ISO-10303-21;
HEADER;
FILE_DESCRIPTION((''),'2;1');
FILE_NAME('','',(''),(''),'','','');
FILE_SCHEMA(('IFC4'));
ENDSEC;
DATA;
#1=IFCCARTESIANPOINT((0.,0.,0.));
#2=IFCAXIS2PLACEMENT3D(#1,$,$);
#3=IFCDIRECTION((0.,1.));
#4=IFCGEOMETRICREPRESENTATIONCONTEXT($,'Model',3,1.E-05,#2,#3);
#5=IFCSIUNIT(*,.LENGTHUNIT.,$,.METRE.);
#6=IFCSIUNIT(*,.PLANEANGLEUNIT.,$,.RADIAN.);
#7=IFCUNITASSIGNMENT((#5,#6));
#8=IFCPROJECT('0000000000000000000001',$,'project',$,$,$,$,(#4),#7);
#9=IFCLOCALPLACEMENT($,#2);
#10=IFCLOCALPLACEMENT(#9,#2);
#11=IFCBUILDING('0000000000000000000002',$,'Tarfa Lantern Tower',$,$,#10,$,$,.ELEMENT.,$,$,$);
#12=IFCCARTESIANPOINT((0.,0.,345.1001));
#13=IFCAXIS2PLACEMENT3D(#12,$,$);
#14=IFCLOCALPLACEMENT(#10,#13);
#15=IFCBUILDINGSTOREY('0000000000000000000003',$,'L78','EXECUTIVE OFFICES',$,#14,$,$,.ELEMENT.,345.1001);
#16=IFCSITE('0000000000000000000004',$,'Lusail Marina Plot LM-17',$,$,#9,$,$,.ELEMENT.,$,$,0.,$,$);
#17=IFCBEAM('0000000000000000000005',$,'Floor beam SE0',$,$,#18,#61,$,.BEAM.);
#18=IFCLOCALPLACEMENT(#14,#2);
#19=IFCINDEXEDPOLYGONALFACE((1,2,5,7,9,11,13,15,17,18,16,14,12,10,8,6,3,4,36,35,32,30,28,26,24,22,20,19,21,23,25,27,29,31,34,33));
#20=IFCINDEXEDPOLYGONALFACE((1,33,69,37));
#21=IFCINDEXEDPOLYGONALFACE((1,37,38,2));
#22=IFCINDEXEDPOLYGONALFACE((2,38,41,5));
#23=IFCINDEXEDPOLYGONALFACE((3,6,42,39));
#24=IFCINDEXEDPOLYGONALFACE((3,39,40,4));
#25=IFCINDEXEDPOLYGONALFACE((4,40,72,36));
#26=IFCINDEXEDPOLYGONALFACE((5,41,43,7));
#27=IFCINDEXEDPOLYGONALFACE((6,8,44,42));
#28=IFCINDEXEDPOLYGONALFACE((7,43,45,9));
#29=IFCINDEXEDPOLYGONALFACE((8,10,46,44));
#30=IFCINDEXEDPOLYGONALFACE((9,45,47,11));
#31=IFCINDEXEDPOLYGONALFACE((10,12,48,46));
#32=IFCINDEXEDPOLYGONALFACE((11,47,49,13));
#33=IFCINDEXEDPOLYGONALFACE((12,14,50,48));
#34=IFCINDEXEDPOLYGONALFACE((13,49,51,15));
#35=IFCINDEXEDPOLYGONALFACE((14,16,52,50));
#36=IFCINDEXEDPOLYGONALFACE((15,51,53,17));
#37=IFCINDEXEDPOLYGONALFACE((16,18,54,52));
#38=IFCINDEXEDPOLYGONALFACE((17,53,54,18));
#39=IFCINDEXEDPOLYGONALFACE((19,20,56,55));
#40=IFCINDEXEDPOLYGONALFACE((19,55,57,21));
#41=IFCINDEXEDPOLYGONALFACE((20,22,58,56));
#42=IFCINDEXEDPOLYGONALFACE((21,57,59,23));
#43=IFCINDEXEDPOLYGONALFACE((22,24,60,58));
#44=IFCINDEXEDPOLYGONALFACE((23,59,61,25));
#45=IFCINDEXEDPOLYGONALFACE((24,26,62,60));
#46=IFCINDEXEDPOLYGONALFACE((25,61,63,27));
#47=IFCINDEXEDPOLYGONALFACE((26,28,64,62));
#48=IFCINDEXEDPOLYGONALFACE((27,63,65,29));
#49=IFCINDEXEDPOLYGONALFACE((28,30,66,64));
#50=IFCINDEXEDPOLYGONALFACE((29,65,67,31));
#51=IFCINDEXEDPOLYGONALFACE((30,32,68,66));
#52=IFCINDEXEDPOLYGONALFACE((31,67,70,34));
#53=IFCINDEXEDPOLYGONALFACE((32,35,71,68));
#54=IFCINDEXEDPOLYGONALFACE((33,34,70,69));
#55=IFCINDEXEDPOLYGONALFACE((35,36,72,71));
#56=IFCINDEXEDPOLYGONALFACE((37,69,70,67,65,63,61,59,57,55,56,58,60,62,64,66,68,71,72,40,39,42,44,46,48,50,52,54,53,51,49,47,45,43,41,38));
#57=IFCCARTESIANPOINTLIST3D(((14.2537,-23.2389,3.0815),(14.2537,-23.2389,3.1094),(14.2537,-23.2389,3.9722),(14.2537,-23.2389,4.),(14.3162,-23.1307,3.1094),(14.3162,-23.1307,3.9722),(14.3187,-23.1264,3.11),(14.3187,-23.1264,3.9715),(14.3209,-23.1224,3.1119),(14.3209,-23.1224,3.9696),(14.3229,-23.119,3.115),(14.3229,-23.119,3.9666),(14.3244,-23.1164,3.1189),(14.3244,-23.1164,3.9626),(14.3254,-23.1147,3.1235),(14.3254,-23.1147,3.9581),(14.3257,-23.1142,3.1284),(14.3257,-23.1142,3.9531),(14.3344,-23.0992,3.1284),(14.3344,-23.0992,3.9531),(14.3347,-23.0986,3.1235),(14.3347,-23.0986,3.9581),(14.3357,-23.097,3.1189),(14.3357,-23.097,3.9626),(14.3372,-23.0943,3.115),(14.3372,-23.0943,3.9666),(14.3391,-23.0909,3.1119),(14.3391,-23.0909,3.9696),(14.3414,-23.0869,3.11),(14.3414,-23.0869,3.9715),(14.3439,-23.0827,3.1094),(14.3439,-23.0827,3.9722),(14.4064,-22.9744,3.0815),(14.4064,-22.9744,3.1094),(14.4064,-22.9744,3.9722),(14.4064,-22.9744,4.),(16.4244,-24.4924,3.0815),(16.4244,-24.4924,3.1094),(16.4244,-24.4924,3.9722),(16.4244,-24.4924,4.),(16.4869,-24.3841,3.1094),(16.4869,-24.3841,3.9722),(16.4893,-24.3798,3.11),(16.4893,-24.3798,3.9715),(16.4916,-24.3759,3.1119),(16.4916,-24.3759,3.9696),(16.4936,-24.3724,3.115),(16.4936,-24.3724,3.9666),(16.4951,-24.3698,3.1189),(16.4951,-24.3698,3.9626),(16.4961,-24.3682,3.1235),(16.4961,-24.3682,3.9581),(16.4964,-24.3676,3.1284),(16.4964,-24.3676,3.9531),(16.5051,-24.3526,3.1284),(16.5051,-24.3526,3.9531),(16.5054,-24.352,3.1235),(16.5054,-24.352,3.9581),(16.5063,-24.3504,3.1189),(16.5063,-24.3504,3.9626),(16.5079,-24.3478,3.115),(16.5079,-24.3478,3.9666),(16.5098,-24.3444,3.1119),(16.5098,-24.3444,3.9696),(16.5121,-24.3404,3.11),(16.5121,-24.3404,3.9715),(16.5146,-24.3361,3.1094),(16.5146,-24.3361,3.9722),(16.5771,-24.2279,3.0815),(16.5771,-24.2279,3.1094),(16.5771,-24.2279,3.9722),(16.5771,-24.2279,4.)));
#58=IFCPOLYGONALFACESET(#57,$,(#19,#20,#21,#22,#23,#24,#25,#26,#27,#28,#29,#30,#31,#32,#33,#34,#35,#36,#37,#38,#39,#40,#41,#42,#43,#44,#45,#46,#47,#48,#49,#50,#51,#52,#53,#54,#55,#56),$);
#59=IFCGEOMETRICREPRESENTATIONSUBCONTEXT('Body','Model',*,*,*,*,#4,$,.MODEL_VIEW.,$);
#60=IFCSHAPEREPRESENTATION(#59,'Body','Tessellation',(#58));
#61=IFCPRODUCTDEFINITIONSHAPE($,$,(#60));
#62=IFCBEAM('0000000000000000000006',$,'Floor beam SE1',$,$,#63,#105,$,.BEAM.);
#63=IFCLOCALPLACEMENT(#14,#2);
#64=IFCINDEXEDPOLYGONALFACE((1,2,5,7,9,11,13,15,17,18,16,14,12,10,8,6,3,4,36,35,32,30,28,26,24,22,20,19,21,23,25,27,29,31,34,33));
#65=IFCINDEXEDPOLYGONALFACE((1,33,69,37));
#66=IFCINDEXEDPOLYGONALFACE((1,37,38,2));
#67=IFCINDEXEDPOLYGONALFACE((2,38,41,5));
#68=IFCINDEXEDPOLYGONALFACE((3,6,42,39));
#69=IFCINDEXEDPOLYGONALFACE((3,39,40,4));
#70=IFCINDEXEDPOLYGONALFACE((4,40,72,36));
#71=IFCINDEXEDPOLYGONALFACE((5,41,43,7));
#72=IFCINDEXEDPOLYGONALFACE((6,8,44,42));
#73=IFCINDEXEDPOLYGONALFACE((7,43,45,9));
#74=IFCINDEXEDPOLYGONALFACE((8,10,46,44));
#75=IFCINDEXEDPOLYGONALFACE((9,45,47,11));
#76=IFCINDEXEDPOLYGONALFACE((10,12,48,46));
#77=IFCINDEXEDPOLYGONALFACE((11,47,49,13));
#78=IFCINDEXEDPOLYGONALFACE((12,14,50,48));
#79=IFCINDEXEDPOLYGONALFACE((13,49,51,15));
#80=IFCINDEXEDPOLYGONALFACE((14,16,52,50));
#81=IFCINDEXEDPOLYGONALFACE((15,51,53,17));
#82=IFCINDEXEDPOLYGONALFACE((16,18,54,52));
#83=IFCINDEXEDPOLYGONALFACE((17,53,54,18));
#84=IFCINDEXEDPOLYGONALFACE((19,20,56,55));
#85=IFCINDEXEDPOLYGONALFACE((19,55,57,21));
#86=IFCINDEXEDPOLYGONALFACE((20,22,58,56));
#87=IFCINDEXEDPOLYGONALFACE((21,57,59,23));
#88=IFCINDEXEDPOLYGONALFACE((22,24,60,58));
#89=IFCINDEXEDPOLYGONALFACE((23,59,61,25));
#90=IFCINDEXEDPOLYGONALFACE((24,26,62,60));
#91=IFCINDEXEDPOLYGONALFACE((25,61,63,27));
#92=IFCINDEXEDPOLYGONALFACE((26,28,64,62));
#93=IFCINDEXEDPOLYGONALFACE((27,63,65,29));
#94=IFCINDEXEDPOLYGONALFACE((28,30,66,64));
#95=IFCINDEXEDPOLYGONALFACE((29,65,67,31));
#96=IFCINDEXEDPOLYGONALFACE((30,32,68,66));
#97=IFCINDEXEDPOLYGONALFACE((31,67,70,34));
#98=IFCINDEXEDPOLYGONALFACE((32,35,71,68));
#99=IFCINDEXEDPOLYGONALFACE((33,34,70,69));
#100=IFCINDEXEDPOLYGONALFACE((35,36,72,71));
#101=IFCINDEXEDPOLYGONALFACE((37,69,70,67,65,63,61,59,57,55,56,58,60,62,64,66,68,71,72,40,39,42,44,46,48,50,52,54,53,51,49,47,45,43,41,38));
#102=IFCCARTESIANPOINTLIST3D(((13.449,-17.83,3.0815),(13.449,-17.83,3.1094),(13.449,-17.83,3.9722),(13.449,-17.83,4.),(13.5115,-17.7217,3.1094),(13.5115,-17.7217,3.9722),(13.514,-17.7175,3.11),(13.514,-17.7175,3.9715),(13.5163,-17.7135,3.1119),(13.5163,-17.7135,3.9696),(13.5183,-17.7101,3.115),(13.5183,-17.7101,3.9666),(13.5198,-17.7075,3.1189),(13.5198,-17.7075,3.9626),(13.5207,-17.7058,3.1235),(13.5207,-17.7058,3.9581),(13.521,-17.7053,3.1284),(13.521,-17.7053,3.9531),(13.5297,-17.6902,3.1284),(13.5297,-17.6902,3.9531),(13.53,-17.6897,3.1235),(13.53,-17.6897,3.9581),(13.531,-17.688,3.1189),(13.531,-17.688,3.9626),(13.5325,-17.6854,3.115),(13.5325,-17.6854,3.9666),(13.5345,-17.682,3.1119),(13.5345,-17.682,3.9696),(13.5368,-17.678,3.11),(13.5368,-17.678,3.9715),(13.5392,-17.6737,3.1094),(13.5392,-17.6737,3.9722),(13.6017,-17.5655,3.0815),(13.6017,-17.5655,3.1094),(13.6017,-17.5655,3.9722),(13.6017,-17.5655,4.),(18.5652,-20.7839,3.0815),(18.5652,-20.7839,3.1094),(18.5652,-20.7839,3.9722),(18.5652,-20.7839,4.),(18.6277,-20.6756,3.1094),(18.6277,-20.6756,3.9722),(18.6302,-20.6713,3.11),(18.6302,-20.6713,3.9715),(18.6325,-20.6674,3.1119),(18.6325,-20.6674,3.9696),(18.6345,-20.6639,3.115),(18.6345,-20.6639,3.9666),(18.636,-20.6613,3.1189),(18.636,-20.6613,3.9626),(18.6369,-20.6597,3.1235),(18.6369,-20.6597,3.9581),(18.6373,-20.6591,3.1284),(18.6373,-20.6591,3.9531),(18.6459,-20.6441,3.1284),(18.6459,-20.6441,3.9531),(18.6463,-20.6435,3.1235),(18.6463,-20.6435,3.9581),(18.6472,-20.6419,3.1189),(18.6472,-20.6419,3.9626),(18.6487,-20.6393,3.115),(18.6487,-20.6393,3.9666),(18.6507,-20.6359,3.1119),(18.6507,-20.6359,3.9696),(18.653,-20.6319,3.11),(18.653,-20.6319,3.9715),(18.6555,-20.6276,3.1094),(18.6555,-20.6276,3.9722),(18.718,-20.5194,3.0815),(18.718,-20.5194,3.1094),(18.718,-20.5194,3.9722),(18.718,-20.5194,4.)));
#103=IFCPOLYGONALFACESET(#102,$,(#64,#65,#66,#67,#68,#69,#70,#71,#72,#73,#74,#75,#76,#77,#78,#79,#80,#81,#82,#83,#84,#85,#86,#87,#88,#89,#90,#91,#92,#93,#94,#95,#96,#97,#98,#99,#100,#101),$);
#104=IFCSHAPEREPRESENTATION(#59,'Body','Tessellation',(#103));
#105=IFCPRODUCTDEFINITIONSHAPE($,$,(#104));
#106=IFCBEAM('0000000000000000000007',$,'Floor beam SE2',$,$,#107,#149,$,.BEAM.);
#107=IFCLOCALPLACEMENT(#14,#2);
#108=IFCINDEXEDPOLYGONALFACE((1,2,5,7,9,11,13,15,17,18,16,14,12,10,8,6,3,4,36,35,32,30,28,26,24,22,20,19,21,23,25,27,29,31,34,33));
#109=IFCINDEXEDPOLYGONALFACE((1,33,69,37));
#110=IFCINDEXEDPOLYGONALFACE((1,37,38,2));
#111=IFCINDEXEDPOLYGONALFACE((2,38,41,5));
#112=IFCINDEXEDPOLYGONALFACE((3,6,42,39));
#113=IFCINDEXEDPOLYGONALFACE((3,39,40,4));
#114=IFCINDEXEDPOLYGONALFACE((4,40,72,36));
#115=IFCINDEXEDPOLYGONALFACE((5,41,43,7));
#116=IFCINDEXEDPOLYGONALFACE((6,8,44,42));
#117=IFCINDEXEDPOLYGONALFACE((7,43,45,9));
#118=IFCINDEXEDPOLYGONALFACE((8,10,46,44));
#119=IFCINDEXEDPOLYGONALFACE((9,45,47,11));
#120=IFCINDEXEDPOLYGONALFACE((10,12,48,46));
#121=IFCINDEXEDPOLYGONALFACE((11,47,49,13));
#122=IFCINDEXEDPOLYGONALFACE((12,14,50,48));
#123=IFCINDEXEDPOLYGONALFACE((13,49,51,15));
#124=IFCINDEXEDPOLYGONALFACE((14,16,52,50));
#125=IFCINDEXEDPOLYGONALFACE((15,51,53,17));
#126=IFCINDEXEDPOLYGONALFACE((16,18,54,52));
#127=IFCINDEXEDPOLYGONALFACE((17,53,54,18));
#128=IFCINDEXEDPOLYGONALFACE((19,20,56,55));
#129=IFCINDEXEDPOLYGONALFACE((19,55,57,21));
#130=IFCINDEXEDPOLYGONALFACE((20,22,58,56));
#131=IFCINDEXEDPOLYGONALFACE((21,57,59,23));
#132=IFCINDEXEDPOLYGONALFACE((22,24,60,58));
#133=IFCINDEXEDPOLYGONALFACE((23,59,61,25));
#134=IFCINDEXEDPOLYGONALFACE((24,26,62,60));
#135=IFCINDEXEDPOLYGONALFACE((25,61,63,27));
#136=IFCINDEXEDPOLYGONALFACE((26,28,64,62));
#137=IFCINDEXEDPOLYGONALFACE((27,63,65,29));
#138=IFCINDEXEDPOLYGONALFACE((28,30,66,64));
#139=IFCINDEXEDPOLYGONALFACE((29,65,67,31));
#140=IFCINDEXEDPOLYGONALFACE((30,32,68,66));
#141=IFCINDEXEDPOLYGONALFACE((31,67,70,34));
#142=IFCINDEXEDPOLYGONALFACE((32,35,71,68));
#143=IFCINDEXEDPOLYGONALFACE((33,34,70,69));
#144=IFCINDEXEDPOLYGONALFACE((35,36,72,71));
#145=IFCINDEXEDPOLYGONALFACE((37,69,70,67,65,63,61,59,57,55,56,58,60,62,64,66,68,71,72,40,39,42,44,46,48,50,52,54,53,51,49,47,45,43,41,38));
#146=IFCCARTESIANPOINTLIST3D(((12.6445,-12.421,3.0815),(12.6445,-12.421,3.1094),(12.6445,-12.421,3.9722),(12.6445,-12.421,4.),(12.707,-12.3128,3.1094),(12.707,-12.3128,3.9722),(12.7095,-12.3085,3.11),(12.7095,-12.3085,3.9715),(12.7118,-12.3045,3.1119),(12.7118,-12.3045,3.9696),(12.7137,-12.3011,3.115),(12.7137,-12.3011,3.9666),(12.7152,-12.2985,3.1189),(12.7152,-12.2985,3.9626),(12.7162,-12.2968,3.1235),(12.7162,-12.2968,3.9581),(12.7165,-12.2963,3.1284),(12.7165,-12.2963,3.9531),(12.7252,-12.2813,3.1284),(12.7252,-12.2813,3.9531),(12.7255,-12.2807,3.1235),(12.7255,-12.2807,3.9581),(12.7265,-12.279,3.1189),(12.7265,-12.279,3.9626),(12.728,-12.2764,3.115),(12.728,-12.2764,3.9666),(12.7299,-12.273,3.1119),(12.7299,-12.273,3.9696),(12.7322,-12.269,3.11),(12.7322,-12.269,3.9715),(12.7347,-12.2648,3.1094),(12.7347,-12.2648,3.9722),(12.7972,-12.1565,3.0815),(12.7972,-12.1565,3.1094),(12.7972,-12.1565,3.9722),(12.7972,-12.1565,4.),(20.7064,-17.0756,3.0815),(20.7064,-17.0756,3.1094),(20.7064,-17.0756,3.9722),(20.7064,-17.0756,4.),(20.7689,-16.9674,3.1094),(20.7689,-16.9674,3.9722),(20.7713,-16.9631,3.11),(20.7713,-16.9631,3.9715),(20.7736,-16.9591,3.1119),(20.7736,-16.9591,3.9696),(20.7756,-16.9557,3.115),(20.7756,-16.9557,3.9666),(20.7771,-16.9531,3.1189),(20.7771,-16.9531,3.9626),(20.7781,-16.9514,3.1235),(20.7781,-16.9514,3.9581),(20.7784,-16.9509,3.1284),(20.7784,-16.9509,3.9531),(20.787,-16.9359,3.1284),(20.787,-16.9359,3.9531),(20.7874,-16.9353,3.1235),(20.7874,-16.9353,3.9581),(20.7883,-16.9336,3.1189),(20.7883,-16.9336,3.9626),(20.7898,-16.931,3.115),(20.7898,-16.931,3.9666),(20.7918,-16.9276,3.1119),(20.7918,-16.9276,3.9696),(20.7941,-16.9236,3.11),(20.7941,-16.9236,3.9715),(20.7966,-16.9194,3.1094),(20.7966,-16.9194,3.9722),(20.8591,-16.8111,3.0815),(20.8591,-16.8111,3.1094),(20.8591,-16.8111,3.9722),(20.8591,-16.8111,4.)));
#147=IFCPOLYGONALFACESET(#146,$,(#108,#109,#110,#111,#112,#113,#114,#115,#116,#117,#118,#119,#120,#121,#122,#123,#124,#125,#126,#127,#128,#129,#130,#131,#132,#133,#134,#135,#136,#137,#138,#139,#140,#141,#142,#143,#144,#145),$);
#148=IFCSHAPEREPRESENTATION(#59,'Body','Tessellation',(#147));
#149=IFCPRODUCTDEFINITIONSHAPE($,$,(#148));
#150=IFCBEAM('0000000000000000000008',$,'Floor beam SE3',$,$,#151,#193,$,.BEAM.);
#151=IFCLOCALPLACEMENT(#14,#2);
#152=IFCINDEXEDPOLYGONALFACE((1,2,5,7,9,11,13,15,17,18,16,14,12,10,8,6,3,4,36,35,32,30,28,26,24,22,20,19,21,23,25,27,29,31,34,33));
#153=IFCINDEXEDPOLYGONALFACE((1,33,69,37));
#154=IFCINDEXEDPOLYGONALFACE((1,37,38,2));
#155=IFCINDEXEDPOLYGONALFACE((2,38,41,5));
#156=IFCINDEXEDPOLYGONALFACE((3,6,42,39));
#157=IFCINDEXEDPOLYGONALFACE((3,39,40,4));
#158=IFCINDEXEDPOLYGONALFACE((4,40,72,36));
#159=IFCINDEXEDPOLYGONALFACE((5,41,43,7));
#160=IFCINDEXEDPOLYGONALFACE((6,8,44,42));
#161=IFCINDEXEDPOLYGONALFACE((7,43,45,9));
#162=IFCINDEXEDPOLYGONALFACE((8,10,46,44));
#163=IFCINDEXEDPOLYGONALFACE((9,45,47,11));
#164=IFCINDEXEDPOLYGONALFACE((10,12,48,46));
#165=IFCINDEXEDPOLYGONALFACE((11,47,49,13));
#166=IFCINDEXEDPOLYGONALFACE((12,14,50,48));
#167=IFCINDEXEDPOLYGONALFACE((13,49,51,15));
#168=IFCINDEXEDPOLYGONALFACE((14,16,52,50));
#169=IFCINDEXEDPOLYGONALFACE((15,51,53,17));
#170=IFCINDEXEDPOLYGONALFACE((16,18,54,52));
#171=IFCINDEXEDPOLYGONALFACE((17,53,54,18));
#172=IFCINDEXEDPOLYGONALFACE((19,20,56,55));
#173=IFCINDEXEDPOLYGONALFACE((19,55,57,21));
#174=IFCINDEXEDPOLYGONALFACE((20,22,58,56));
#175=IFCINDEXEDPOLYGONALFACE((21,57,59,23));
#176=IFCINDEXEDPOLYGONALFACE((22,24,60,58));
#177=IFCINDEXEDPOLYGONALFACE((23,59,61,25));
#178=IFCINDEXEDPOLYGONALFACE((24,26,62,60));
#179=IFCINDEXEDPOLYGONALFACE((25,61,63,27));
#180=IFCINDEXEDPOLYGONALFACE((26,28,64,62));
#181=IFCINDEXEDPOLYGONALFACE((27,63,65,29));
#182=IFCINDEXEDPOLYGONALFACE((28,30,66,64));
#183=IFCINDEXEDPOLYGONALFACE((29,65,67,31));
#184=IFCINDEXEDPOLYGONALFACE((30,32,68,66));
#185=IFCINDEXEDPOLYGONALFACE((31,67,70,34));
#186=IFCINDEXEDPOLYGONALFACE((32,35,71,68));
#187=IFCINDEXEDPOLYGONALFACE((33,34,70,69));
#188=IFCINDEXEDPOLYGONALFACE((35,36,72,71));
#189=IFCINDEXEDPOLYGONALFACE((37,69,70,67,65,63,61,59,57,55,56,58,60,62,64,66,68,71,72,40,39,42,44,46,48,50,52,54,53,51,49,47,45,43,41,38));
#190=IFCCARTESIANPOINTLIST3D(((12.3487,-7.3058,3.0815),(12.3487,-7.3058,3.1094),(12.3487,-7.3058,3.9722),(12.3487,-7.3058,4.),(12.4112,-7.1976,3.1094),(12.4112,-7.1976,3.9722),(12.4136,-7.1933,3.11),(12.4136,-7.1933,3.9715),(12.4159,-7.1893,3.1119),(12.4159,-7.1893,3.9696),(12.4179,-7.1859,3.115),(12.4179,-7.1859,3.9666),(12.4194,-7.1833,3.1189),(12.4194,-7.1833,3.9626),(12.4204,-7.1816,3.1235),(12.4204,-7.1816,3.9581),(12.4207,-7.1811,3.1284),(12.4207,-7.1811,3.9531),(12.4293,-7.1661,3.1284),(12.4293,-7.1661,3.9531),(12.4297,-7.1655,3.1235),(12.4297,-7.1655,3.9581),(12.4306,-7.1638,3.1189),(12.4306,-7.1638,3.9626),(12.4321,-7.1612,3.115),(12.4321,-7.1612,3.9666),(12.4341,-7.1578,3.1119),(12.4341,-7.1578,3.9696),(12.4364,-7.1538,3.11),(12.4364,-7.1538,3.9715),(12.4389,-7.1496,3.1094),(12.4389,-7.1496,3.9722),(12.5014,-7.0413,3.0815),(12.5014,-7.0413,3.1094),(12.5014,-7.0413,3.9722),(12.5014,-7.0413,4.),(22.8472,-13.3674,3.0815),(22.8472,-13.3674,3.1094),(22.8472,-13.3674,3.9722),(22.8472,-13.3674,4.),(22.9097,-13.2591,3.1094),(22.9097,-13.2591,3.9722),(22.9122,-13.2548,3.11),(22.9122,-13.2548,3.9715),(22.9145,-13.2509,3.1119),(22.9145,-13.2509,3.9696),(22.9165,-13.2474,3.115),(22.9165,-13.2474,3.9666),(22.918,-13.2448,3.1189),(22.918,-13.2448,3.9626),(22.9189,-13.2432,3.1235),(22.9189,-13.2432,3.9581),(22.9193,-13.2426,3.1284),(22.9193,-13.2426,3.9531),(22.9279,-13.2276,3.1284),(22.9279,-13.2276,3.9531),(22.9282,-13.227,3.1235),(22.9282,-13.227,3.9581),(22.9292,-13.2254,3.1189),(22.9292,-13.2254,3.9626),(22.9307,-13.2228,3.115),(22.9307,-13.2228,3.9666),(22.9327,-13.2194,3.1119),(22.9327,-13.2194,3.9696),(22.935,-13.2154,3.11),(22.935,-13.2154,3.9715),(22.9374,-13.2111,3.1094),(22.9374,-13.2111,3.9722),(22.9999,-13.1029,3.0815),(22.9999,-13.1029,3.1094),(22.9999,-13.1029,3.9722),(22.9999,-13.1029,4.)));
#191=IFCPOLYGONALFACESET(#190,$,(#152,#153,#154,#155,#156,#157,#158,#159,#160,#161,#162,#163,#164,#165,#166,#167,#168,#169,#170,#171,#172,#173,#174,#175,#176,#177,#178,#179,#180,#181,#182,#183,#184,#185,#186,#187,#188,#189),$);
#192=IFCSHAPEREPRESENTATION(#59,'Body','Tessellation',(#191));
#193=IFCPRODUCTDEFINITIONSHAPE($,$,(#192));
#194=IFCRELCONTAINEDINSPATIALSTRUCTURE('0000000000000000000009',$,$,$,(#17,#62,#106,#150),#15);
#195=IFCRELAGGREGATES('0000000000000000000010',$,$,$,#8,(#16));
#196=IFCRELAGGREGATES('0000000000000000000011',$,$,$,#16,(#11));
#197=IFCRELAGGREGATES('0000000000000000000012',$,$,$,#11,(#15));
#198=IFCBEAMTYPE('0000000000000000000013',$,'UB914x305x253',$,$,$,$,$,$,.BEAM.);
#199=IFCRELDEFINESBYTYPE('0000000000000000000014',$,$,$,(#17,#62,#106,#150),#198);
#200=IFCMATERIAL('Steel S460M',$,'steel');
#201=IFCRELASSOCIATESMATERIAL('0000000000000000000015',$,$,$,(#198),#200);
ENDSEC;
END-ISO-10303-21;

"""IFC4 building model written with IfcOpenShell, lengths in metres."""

from ifc_helpers import new_model, si_unit, direction, frame, origin, origin_2d, place, context, subcontext, project, spatial, i_section, extrude, material, material_profile, profile_set, type_object, element, save


model = new_model("IFC4")

# Units and contexts
model_context = context("Model", 3, precision=1e-05, world=origin(), true_north=direction((0.0, 1.0)))
body_context = subcontext(model_context, "Body", "Model", "MODEL_VIEW")
ifc_project = project(units=[si_unit("LENGTHUNIT", "METRE"), si_unit("PLANEANGLEUNIT", "RADIAN")], contexts=[model_context])

# Site, building, storey
site_placement = place(None, origin())
site = spatial("IfcSite", under=ifc_project, at=site_placement, Name="Lusail Marina Plot LM-17", CompositionType="ELEMENT", RefElevation=0.0)
building_placement = place(site_placement, origin())
building = spatial("IfcBuilding", under=site, at=building_placement, Name="Tarfa Lantern Tower", CompositionType="ELEMENT")
storey_placement = place(building_placement, frame((0.0, 0.0, 345.1001)))
storey = spatial("IfcBuildingStorey", under=building, at=storey_placement, Name="L78", Description="EXECUTIVE OFFICES", CompositionType="ELEMENT", Elevation=345.1001)

# Beams
ifc_material_1 = material(Name="Steel S460M", Category="steel")
ifc_material_profile_1 = material_profile(ifc_material_1, i_section(OverallWidth=0.3054, OverallDepth=0.9185, WebThickness=0.0173, FlangeThickness=0.0278, FilletRadius=0.019, at=origin_2d()), Name="UB914x305x253")
ifc_profile_set_1 = profile_set([ifc_material_profile_1], Name="Steel S460M")
beam_type_1 = type_object("IfcBeamType", Name="UB914x305x253", PredefinedType="BEAM", material=ifc_profile_set_1)
beam_1_placement = place(storey_placement, frame((16.5007, -24.3601, 3.5408), z_axis=(-0.865993, 0.500057, 0.0), x_axis=(-0.500057, -0.865993, 0.0)))
element("IfcBeam", 1, at=beam_1_placement, inside=storey, type_object=beam_type_1, Name="Floor beam SE0", PredefinedType="BEAM", context=body_context, shape_type="SweptSolid", body=[
    extrude(i_section(OverallWidth=0.3054, OverallDepth=0.9185, WebThickness=0.0173, FlangeThickness=0.0278, FilletRadius=0.019, at=origin_2d()), origin(), (0.0, 0.0, 1.0), 2.5066),
])
beam_2_placement = place(storey_placement, frame((18.6416, -20.6516, 3.5408), z_axis=(-0.866025, 0.500001, 0.0), x_axis=(-0.500001, -0.866025, 0.0)))
element("IfcBeam", 2, at=beam_2_placement, inside=storey, type_object=beam_type_1, Name="Floor beam SE1", PredefinedType="BEAM", context=body_context, shape_type="SweptSolid", body=[
    extrude(i_section(OverallWidth=0.3054, OverallDepth=0.9185, WebThickness=0.0173, FlangeThickness=0.0278, FilletRadius=0.019, at=origin_2d()), origin(), (0.0, 0.0, 1.0), 5.9077),
])
beam_3_placement = place(storey_placement, frame((20.7827, -16.9434, 3.5408), z_axis=(-0.866022, 0.500006, 0.0), x_axis=(-0.500006, -0.866022, 0.0)))
element("IfcBeam", 3, at=beam_3_placement, inside=storey, type_object=beam_type_1, Name="Floor beam SE2", PredefinedType="BEAM", context=body_context, shape_type="SweptSolid", body=[
    extrude(i_section(OverallWidth=0.3054, OverallDepth=0.9185, WebThickness=0.0173, FlangeThickness=0.0278, FilletRadius=0.019, at=origin_2d()), origin(), (0.0, 0.0, 1.0), 9.3091),
])
beam_4_placement = place(storey_placement, frame((22.9236, -13.2351, 3.5408), z_axis=(-0.866019, 0.500012, 0.0), x_axis=(-0.500012, -0.866019, 0.0)))
element("IfcBeam", 4, at=beam_4_placement, inside=storey, type_object=beam_type_1, Name="Floor beam SE3", PredefinedType="BEAM", context=body_context, shape_type="SweptSolid", body=[
    extrude(i_section(OverallWidth=0.3054, OverallDepth=0.9185, WebThickness=0.0173, FlangeThickness=0.0278, FilletRadius=0.019, at=origin_2d()), origin(), (0.0, 0.0, 1.0), 12.1228),
])

save(model, "model.ifc")
